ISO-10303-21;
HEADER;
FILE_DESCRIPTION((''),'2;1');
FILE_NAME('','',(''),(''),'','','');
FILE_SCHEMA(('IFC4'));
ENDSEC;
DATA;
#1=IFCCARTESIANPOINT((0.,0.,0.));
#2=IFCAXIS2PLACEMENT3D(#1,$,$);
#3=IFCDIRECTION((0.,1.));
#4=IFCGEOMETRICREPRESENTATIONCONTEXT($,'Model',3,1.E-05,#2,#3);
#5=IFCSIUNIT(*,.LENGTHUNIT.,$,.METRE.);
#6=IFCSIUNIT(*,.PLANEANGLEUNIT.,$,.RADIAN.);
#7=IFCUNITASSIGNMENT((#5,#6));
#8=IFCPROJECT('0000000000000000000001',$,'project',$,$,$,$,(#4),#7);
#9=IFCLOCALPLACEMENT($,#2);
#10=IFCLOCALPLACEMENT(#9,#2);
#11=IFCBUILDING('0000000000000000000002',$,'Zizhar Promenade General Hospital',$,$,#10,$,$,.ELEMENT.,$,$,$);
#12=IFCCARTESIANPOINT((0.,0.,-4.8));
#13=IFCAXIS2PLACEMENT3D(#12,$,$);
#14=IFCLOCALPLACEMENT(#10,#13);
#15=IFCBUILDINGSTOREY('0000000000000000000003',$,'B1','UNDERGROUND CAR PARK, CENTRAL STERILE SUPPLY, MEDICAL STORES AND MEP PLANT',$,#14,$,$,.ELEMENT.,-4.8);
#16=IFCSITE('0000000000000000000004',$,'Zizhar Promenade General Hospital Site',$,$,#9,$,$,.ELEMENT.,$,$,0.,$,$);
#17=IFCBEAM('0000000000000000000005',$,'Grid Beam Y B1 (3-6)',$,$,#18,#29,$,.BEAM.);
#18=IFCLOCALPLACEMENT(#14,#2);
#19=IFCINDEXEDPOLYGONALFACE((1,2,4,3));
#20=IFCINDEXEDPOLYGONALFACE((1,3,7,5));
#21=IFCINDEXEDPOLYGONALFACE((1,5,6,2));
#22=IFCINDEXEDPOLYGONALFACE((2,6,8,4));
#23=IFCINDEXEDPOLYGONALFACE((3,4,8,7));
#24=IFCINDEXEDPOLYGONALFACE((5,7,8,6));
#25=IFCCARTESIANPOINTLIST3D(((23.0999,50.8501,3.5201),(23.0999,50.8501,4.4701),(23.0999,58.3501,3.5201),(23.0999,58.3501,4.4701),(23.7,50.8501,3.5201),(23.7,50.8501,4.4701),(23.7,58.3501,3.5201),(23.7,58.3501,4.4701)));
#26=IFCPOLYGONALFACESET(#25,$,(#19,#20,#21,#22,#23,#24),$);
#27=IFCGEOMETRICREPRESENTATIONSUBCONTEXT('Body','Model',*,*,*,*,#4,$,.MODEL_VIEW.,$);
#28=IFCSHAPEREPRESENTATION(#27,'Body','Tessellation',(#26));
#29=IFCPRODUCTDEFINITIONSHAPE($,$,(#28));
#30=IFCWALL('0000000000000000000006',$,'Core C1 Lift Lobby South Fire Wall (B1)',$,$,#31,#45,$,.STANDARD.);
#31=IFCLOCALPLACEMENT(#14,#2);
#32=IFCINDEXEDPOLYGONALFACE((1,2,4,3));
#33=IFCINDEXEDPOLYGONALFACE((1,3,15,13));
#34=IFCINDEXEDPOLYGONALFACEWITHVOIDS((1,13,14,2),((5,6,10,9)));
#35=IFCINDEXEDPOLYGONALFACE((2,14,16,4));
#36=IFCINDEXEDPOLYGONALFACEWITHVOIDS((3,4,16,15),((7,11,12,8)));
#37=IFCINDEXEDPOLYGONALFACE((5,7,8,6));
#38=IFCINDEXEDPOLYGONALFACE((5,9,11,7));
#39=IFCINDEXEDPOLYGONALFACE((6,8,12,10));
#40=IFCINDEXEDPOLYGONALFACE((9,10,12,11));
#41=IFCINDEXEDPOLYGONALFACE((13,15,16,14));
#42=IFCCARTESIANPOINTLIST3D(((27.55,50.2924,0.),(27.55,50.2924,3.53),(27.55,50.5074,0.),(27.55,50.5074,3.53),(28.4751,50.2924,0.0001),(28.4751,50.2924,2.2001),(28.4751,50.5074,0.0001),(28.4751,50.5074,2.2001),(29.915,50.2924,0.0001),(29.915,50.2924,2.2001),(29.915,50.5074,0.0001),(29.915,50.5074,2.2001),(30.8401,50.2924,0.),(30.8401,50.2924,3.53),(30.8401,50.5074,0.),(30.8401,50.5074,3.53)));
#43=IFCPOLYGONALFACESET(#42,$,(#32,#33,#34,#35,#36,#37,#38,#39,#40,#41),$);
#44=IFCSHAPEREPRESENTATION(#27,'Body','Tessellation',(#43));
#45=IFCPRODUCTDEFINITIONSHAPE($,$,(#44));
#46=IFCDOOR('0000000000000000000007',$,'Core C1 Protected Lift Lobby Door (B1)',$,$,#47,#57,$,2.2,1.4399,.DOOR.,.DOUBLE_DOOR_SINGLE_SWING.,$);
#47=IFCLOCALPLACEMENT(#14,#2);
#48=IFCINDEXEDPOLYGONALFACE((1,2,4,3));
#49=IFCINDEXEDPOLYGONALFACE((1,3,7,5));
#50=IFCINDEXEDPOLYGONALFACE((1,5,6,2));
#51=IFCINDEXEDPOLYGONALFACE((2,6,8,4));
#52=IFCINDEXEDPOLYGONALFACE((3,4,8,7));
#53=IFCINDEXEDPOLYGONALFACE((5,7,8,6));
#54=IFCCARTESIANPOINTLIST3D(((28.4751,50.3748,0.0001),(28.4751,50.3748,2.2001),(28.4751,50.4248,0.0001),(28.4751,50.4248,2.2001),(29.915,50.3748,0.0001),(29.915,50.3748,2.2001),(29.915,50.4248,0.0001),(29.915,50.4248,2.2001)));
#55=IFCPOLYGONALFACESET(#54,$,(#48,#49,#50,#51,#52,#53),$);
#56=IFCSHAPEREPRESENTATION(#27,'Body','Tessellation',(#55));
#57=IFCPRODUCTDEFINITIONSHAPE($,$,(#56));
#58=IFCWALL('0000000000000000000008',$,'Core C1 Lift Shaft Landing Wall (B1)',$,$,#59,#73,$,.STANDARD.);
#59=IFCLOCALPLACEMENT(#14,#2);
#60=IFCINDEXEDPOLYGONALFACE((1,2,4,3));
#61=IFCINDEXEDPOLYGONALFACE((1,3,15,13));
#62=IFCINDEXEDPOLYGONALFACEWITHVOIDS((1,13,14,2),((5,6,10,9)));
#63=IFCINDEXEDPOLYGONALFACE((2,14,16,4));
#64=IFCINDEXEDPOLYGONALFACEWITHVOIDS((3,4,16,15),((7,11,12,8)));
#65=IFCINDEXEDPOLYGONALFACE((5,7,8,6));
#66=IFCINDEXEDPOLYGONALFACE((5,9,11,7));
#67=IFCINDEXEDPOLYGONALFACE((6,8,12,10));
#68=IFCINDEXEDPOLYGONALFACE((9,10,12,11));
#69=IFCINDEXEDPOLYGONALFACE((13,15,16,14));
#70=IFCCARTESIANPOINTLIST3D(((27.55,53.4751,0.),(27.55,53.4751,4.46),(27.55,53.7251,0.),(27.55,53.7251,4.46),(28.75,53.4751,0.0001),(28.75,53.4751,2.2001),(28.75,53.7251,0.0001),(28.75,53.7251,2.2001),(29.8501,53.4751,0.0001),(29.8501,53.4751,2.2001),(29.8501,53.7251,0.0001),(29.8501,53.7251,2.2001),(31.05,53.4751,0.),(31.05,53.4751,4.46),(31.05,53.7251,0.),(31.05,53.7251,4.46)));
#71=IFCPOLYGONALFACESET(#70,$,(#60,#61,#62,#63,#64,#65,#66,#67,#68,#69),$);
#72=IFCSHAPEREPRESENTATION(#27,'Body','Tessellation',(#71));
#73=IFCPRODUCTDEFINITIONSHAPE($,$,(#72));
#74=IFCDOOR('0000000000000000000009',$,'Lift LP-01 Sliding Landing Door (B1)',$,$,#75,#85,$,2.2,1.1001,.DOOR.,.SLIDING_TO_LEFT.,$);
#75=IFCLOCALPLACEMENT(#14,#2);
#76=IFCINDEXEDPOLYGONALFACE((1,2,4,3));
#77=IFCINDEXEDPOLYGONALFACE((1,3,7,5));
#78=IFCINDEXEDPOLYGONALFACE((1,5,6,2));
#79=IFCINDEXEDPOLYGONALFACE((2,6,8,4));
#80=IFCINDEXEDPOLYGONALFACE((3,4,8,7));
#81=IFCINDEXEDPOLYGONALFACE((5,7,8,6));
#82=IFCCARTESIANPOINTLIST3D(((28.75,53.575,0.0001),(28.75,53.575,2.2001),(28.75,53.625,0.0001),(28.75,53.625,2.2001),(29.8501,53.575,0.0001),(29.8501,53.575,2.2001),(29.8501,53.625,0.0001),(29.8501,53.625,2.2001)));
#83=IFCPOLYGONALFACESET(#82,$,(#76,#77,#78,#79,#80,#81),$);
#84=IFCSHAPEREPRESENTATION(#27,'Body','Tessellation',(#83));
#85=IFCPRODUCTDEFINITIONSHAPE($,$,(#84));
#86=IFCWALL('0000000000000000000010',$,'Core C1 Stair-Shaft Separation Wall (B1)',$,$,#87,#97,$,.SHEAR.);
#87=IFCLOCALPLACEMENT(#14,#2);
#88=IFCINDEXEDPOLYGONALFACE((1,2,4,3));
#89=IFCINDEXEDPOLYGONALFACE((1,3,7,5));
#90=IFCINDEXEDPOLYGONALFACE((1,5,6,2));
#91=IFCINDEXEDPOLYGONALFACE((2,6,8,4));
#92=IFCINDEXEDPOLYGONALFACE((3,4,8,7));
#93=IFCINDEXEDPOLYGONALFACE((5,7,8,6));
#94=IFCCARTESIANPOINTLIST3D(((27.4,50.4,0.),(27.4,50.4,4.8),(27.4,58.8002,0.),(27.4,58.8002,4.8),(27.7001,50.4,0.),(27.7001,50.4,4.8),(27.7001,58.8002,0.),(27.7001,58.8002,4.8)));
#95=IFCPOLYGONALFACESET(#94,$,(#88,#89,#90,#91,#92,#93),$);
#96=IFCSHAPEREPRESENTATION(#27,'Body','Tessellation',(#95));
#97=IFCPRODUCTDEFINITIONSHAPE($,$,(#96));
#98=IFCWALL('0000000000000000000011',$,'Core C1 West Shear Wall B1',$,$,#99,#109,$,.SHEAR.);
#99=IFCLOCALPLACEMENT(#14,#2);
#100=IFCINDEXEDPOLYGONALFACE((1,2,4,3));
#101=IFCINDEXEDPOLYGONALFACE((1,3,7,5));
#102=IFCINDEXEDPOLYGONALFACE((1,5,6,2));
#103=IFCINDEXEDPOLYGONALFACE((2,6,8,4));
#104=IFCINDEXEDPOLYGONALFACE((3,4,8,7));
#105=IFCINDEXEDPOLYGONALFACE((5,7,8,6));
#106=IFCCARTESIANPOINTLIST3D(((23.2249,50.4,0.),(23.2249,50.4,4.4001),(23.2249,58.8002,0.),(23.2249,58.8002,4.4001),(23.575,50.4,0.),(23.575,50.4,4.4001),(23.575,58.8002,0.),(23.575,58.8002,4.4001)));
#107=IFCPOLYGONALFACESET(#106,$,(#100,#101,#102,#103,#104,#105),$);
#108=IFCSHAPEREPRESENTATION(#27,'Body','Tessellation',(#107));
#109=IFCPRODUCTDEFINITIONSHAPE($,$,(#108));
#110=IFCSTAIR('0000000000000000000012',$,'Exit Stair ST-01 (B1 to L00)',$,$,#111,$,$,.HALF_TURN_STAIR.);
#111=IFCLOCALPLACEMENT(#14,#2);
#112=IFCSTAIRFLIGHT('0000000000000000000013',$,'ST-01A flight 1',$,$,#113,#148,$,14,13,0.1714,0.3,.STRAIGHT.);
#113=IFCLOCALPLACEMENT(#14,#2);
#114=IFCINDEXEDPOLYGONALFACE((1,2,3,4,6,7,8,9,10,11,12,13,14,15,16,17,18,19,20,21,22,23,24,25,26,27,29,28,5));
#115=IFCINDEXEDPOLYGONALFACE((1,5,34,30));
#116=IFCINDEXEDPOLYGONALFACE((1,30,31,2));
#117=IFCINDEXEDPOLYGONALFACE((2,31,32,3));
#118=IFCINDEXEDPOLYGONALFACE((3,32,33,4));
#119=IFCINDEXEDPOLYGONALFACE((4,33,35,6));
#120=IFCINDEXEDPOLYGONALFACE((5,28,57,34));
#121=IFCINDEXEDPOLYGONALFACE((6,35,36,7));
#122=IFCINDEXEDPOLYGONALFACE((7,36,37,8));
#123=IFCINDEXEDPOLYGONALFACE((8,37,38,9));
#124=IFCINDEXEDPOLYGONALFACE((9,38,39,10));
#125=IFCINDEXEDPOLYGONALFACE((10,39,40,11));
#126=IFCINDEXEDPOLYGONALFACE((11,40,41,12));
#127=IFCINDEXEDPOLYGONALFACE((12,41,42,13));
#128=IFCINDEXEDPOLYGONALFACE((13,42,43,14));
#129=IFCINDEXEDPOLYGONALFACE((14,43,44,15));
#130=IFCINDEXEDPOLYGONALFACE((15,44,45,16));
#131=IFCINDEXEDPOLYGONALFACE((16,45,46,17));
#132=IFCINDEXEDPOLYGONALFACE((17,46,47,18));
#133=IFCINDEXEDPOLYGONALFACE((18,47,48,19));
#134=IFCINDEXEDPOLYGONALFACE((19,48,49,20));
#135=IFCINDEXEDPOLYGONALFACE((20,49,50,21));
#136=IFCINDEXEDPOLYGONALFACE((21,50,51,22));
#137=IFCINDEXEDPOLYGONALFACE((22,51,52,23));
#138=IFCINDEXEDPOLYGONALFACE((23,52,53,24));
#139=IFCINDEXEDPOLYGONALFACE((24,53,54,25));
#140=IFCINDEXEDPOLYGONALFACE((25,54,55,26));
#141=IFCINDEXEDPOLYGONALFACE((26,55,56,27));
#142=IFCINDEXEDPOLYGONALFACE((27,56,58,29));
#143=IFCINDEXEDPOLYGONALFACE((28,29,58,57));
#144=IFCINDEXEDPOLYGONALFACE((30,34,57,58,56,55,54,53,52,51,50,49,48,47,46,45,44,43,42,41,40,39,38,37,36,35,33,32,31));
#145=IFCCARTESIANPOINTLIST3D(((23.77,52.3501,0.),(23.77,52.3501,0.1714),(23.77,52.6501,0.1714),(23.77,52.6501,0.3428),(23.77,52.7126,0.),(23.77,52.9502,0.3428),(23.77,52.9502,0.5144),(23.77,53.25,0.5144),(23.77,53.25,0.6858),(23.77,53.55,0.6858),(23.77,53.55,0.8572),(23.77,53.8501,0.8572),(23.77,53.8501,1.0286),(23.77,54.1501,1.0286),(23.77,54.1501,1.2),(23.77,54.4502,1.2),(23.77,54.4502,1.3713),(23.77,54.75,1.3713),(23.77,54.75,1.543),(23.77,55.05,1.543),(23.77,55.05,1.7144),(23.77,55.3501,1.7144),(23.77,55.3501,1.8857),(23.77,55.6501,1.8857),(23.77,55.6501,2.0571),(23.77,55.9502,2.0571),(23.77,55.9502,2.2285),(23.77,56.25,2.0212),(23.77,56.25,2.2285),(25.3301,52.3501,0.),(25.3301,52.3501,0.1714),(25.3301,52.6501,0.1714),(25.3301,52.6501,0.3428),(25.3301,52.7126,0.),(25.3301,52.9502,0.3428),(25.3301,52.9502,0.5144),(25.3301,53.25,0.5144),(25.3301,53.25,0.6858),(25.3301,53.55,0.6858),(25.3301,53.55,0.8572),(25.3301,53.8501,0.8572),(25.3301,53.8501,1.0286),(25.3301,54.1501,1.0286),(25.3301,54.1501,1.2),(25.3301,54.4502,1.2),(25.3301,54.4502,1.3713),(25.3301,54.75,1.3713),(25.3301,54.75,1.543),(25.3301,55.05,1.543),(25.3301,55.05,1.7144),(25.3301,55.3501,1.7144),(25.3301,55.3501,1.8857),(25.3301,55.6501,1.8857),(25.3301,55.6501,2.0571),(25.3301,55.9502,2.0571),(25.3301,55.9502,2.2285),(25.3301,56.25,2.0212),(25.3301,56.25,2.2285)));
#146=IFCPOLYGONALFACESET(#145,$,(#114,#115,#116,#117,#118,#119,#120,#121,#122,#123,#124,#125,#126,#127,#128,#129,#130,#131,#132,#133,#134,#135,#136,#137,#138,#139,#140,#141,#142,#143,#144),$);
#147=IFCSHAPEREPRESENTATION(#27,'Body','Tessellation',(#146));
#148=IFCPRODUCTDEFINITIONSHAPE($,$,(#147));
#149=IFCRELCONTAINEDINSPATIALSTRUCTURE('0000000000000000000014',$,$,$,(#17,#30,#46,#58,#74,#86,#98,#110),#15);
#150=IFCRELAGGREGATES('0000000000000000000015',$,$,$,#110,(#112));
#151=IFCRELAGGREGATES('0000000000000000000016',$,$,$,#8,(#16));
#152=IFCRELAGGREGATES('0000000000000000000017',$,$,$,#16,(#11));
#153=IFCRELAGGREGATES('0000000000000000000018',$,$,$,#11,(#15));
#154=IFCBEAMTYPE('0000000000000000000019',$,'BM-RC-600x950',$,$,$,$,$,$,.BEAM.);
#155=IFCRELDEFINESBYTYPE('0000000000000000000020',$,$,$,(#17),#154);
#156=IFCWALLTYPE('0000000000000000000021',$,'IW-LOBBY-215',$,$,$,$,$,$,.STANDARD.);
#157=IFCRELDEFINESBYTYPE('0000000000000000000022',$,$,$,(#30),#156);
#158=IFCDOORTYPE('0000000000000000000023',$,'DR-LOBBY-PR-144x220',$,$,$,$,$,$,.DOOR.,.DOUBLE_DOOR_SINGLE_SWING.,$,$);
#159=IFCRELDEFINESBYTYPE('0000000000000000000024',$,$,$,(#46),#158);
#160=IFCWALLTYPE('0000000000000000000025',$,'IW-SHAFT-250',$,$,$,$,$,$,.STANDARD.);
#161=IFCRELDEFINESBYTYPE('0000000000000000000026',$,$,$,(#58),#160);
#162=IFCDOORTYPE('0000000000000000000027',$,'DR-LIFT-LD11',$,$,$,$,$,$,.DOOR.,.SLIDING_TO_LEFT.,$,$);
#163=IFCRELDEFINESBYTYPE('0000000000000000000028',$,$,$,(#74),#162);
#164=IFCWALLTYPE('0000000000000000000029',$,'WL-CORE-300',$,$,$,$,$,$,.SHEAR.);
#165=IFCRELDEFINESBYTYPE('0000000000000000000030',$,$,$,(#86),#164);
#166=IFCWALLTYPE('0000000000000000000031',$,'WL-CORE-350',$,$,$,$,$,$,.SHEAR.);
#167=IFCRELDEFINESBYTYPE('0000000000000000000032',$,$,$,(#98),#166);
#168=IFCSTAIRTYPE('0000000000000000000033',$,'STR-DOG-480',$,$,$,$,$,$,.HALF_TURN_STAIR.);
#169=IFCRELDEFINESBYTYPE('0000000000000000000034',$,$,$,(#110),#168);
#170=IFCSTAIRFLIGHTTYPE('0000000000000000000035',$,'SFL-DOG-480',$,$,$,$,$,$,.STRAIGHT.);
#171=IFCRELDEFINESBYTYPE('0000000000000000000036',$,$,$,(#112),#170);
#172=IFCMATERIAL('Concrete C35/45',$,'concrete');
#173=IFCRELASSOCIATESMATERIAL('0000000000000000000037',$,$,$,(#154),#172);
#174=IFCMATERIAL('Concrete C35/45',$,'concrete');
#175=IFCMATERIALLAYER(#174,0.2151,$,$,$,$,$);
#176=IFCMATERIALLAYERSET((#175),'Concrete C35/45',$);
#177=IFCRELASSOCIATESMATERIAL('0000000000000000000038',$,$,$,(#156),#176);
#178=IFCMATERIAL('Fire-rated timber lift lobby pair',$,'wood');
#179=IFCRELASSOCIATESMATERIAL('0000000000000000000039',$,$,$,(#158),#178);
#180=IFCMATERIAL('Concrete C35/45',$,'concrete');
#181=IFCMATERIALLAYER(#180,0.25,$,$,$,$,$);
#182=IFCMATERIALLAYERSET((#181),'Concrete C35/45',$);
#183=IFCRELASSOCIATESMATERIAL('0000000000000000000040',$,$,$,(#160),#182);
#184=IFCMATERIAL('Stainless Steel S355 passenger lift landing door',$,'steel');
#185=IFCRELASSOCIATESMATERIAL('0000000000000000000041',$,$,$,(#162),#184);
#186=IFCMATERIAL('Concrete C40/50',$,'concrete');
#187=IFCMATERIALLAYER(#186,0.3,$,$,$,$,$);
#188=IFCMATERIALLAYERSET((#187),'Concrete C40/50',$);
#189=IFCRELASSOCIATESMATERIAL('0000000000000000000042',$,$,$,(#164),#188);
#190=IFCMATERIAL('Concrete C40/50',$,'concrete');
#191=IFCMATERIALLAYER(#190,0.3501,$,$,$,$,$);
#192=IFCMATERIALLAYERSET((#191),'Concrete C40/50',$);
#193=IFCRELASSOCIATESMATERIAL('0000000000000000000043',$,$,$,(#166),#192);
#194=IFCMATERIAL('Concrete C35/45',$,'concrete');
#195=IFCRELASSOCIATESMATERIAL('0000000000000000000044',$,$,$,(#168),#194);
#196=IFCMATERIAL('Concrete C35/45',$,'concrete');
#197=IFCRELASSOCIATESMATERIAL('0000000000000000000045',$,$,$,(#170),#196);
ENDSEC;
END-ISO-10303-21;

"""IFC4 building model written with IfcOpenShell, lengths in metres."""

from ifc_helpers import new_model, si_unit, direction, frame, frame_2d, origin, origin_2d, place, context, subcontext, project, spatial, polyline, rectangle, outline, extrude, material, layer, layer_set, material_profile, profile_set, type_object, element, fill, aggregate, save


model = new_model("IFC4")

# Units and contexts
model_context = context("Model", 3, precision=1e-05, world=origin(), true_north=direction((0.0, 1.0)))
body_context = subcontext(model_context, "Body", "Model", "MODEL_VIEW")
ifc_project = project(units=[si_unit("LENGTHUNIT", "METRE"), si_unit("PLANEANGLEUNIT", "RADIAN")], contexts=[model_context])

# Site, building, storey
site_placement = place(None, origin())
site = spatial("IfcSite", under=ifc_project, at=site_placement, Name="Zizhar Promenade General Hospital Site", CompositionType="ELEMENT", RefElevation=0.0)
building_placement = place(site_placement, origin())
building = spatial("IfcBuilding", under=site, at=building_placement, Name="Zizhar Promenade General Hospital", CompositionType="ELEMENT")
storey_placement = place(building_placement, frame((0.0, 0.0, -4.8)))
storey = spatial("IfcBuildingStorey", under=building, at=storey_placement, Name="B1", Description="UNDERGROUND CAR PARK, CENTRAL STERILE SUPPLY, MEDICAL STORES AND MEP PLANT", CompositionType="ELEMENT", Elevation=-4.8)

# Beam
ifc_material_1 = material(Name="Concrete C35/45", Category="concrete")
ifc_material_profile_1 = material_profile(ifc_material_1, rectangle(XDim=0.6001, YDim=0.95, at=origin_2d()))
ifc_profile_set_1 = profile_set([ifc_material_profile_1], Name="Concrete C35/45")
beam_type_1 = type_object("IfcBeamType", Name="BM-RC-600x950", PredefinedType="BEAM", material=ifc_profile_set_1)
for number, where, z_axis, x_axis, name in (
    (1, (23.3999, 50.8501, 3.9951), (0.0, 1.0, 0.0), (-1.0, 0.0, 0.0), "Grid Beam Y B1 (3-6)"),
):
    element("IfcBeam", number, at=place(storey_placement, frame(where, z_axis=z_axis, x_axis=x_axis)), inside=storey, type_object=beam_type_1, Name=name, PredefinedType="BEAM", context=body_context, shape_type="SweptSolid", body=[
        extrude(rectangle(XDim=0.6001, YDim=0.95, at=origin_2d()), origin(), (0.0, 0.0, 1.0), 7.5),
    ])

# Walls, openings, doors
ifc_material_2 = material(Name="Concrete C35/45", Category="concrete")
ifc_layer_1 = layer(ifc_material_2, 0.2151)
ifc_layer_set_1 = layer_set([ifc_layer_1], Name="Concrete C35/45")
wall_type_1 = type_object("IfcWallType", Name="IW-LOBBY-215", PredefinedType="STANDARD", material=ifc_layer_set_1)
wall_1_placement = place(storey_placement, frame((27.55, 50.3999, 0.0), z_axis=(0.0, 0.0, 1.0), x_axis=(1.0, 0.0, 0.0)))
wall_1 = element("IfcWall", 2, at=wall_1_placement, inside=storey, type_object=wall_type_1, Name="Core C1 Lift Lobby South Fire Wall (B1)", PredefinedType="STANDARD", context=body_context, shape_type="SweptSolid", body=[
    extrude(rectangle(XDim=3.29, YDim=0.2151, at=frame_2d((1.645, 0.0))), origin(), (0.0, 0.0, 1.0), 3.53),
])
opening_1_placement = place(wall_1_placement, frame((0.925, 0.0, 0.0)))
opening_1 = element("IfcOpeningElement", 3, at=opening_1_placement, cuts=wall_1, PredefinedType="OPENING", context=body_context, shape_type="SweptSolid", body=[
    extrude(rectangle(XDim=1.4399, YDim=2.2, at=frame_2d((0.72, 1.1001))), frame((0.0, 0.1177, 0.0), z_axis=(0.0, -1.0, 0.0), x_axis=(1.0, 0.0, 0.0)), (0.0, 0.0, 1.0), 0.2351),
])
ifc_material_3 = material(Name="Fire-rated timber lift lobby pair", Category="wood")
door_type_1 = type_object("IfcDoorType", Name="DR-LOBBY-PR-144x220", OperationType="DOUBLE_DOOR_SINGLE_SWING", PredefinedType="DOOR", material=ifc_material_3)
door_1_placement = place(opening_1_placement, origin())
door_1 = element("IfcDoor", 4, at=door_1_placement, inside=storey, type_object=door_type_1, Name="Core C1 Protected Lift Lobby Door (B1)", OperationType="DOUBLE_DOOR_SINGLE_SWING", OverallHeight=2.2, OverallWidth=1.4399, PredefinedType="DOOR", context=body_context, shape_type="SweptSolid", body=[
    extrude(rectangle(XDim=1.4399, YDim=2.2, at=frame_2d((0.72, 1.1001))), frame((0.0, 0.0249, 0.0), z_axis=(0.0, -1.0, 0.0), x_axis=(1.0, 0.0, 0.0)), (0.0, 0.0, 1.0), 0.05),
])
fill(opening_1, door_1)
ifc_material_4 = material(Name="Concrete C35/45", Category="concrete")
ifc_layer_2 = layer(ifc_material_4, 0.25)
ifc_layer_set_2 = layer_set([ifc_layer_2], Name="Concrete C35/45")
wall_type_2 = type_object("IfcWallType", Name="IW-SHAFT-250", PredefinedType="STANDARD", material=ifc_layer_set_2)
wall_2_placement = place(storey_placement, frame((27.55, 53.6001, 0.0), z_axis=(0.0, 0.0, 1.0), x_axis=(1.0, 0.0, 0.0)))
wall_2 = element("IfcWall", 5, at=wall_2_placement, inside=storey, type_object=wall_type_2, Name="Core C1 Lift Shaft Landing Wall (B1)", PredefinedType="STANDARD", context=body_context, shape_type="SweptSolid", body=[
    extrude(rectangle(XDim=3.5, YDim=0.25, at=frame_2d((1.75, 0.0))), origin(), (0.0, 0.0, 1.0), 4.46),
])
opening_2_placement = place(wall_2_placement, frame((1.2, 0.0, 0.0)))
opening_2 = element("IfcOpeningElement", 6, at=opening_2_placement, cuts=wall_2, PredefinedType="OPENING", context=body_context, shape_type="SweptSolid", body=[
    extrude(rectangle(XDim=1.1001, YDim=2.2, at=frame_2d((0.55, 1.1001))), frame((0.0, 0.135, 0.0), z_axis=(0.0, -1.0, 0.0), x_axis=(1.0, 0.0, 0.0)), (0.0, 0.0, 1.0), 0.27),
])
ifc_material_5 = material(Name="Stainless Steel S355 passenger lift landing door", Category="steel")
door_type_2 = type_object("IfcDoorType", Name="DR-LIFT-LD11", OperationType="SLIDING_TO_LEFT", PredefinedType="DOOR", material=ifc_material_5)
door_2_placement = place(opening_2_placement, origin())
door_2 = element("IfcDoor", 7, at=door_2_placement, inside=storey, type_object=door_type_2, Name="Lift LP-01 Sliding Landing Door (B1)", OperationType="SLIDING_TO_LEFT", OverallHeight=2.2, OverallWidth=1.1001, PredefinedType="DOOR", context=body_context, shape_type="SweptSolid", body=[
    extrude(rectangle(XDim=1.1001, YDim=2.2, at=frame_2d((0.55, 1.1001))), frame((0.0, 0.0249, 0.0), z_axis=(0.0, -1.0, 0.0), x_axis=(1.0, 0.0, 0.0)), (0.0, 0.0, 1.0), 0.05),
])
fill(opening_2, door_2)
ifc_material_6 = material(Name="Concrete C40/50", Category="concrete")
ifc_layer_3 = layer(ifc_material_6, 0.3)
ifc_layer_set_3 = layer_set([ifc_layer_3], Name="Concrete C40/50")
wall_type_3 = type_object("IfcWallType", Name="WL-CORE-300", PredefinedType="SHEAR", material=ifc_layer_set_3)

# Walls
wall_3_placement = place(storey_placement, frame((27.55, 50.3999, 0.0), z_axis=(0.0, 0.0, 1.0), x_axis=(0.0, 1.0, 0.0)))
element("IfcWall", 8, at=wall_3_placement, inside=storey, type_object=wall_type_3, Name="Core C1 Stair-Shaft Separation Wall (B1)", PredefinedType="SHEAR", context=body_context, shape_type="SweptSolid", body=[
    extrude(rectangle(XDim=8.4001, YDim=0.3, at=frame_2d((4.2002, 0.0))), origin(), (0.0, 0.0, 1.0), 4.8),
])
ifc_material_7 = material(Name="Concrete C40/50", Category="concrete")
ifc_layer_4 = layer(ifc_material_7, 0.3501)
ifc_layer_set_4 = layer_set([ifc_layer_4], Name="Concrete C40/50")
wall_type_4 = type_object("IfcWallType", Name="WL-CORE-350", PredefinedType="SHEAR", material=ifc_layer_set_4)
wall_4_placement = place(storey_placement, frame((23.3999, 50.3999, 0.0), z_axis=(0.0, 0.0, 1.0), x_axis=(0.0, 1.0, 0.0)))
element("IfcWall", 9, at=wall_4_placement, inside=storey, type_object=wall_type_4, Name="Core C1 West Shear Wall B1", PredefinedType="SHEAR", context=body_context, shape_type="SweptSolid", body=[
    extrude(rectangle(XDim=8.4001, YDim=0.3501, at=frame_2d((4.2002, 0.0))), origin(), (0.0, 0.0, 1.0), 4.4001),
])

# Stair, stair flight
ifc_material_8 = material(Name="Concrete C35/45", Category="concrete")
stair_type = type_object("IfcStairType", Name="STR-DOG-480", PredefinedType="HALF_TURN_STAIR", material=ifc_material_8)
stair_placement = place(storey_placement, origin())
stair = element("IfcStair", 10, at=stair_placement, inside=storey, type_object=stair_type, Name="Exit Stair ST-01 (B1 to L00)", PredefinedType="HALF_TURN_STAIR")
ifc_material_9 = material(Name="Concrete C35/45", Category="concrete")
stair_flight_type = type_object("IfcStairFlightType", Name="SFL-DOG-480", PredefinedType="STRAIGHT", material=ifc_material_9)
stair_flight_1_placement = place(storey_placement, frame((24.55, 52.3501, 0.0), z_axis=(0.0, 0.0, 1.0), x_axis=(0.0, 1.0, 0.0)))
stair_flight_1 = element("IfcStairFlight", 11, at=stair_flight_1_placement, type_object=stair_flight_type, Name="ST-01A flight 1", NumberOfRisers=14, NumberOfTreads=13, PredefinedType="STRAIGHT", RiserHeight=0.1714, TreadLength=0.3, context=body_context, shape_type="SweptSolid", body=[
    extrude(outline(polyline([(0.0, 0.0), (0.0, 0.1714), (0.3, 0.1714), (0.3, 0.3428), (0.6001, 0.3428), (0.6001, 0.5144), (0.8999, 0.5144), (0.8999, 0.6858), (1.2, 0.6858), (1.2, 0.8572), (1.5, 0.8572), (1.5, 1.0286), (1.8, 1.0286), (1.8, 1.2), (2.1001, 1.2), (2.1001, 1.3713), (2.3999, 1.3713), (2.3999, 1.543), (2.7, 1.543), (2.7, 1.7144), (3.0, 1.7144), (3.0, 1.8857), (3.3, 1.8857), (3.3, 2.0571), (3.6001, 2.0571), (3.6001, 2.2285), (3.8999, 2.2285), (3.8999, 2.3999), (3.8999, 2.0212), (0.3625, 0.0), (0.0, 0.0)])), frame((0.0, 0.78, 0.0), z_axis=(0.0, -1.0, 0.0), x_axis=(1.0, 0.0, 0.0)), (0.0, 0.0, 1.0), 1.5601),
])
aggregate(stair, [stair_flight_1])

save(model, "model.ifc")
